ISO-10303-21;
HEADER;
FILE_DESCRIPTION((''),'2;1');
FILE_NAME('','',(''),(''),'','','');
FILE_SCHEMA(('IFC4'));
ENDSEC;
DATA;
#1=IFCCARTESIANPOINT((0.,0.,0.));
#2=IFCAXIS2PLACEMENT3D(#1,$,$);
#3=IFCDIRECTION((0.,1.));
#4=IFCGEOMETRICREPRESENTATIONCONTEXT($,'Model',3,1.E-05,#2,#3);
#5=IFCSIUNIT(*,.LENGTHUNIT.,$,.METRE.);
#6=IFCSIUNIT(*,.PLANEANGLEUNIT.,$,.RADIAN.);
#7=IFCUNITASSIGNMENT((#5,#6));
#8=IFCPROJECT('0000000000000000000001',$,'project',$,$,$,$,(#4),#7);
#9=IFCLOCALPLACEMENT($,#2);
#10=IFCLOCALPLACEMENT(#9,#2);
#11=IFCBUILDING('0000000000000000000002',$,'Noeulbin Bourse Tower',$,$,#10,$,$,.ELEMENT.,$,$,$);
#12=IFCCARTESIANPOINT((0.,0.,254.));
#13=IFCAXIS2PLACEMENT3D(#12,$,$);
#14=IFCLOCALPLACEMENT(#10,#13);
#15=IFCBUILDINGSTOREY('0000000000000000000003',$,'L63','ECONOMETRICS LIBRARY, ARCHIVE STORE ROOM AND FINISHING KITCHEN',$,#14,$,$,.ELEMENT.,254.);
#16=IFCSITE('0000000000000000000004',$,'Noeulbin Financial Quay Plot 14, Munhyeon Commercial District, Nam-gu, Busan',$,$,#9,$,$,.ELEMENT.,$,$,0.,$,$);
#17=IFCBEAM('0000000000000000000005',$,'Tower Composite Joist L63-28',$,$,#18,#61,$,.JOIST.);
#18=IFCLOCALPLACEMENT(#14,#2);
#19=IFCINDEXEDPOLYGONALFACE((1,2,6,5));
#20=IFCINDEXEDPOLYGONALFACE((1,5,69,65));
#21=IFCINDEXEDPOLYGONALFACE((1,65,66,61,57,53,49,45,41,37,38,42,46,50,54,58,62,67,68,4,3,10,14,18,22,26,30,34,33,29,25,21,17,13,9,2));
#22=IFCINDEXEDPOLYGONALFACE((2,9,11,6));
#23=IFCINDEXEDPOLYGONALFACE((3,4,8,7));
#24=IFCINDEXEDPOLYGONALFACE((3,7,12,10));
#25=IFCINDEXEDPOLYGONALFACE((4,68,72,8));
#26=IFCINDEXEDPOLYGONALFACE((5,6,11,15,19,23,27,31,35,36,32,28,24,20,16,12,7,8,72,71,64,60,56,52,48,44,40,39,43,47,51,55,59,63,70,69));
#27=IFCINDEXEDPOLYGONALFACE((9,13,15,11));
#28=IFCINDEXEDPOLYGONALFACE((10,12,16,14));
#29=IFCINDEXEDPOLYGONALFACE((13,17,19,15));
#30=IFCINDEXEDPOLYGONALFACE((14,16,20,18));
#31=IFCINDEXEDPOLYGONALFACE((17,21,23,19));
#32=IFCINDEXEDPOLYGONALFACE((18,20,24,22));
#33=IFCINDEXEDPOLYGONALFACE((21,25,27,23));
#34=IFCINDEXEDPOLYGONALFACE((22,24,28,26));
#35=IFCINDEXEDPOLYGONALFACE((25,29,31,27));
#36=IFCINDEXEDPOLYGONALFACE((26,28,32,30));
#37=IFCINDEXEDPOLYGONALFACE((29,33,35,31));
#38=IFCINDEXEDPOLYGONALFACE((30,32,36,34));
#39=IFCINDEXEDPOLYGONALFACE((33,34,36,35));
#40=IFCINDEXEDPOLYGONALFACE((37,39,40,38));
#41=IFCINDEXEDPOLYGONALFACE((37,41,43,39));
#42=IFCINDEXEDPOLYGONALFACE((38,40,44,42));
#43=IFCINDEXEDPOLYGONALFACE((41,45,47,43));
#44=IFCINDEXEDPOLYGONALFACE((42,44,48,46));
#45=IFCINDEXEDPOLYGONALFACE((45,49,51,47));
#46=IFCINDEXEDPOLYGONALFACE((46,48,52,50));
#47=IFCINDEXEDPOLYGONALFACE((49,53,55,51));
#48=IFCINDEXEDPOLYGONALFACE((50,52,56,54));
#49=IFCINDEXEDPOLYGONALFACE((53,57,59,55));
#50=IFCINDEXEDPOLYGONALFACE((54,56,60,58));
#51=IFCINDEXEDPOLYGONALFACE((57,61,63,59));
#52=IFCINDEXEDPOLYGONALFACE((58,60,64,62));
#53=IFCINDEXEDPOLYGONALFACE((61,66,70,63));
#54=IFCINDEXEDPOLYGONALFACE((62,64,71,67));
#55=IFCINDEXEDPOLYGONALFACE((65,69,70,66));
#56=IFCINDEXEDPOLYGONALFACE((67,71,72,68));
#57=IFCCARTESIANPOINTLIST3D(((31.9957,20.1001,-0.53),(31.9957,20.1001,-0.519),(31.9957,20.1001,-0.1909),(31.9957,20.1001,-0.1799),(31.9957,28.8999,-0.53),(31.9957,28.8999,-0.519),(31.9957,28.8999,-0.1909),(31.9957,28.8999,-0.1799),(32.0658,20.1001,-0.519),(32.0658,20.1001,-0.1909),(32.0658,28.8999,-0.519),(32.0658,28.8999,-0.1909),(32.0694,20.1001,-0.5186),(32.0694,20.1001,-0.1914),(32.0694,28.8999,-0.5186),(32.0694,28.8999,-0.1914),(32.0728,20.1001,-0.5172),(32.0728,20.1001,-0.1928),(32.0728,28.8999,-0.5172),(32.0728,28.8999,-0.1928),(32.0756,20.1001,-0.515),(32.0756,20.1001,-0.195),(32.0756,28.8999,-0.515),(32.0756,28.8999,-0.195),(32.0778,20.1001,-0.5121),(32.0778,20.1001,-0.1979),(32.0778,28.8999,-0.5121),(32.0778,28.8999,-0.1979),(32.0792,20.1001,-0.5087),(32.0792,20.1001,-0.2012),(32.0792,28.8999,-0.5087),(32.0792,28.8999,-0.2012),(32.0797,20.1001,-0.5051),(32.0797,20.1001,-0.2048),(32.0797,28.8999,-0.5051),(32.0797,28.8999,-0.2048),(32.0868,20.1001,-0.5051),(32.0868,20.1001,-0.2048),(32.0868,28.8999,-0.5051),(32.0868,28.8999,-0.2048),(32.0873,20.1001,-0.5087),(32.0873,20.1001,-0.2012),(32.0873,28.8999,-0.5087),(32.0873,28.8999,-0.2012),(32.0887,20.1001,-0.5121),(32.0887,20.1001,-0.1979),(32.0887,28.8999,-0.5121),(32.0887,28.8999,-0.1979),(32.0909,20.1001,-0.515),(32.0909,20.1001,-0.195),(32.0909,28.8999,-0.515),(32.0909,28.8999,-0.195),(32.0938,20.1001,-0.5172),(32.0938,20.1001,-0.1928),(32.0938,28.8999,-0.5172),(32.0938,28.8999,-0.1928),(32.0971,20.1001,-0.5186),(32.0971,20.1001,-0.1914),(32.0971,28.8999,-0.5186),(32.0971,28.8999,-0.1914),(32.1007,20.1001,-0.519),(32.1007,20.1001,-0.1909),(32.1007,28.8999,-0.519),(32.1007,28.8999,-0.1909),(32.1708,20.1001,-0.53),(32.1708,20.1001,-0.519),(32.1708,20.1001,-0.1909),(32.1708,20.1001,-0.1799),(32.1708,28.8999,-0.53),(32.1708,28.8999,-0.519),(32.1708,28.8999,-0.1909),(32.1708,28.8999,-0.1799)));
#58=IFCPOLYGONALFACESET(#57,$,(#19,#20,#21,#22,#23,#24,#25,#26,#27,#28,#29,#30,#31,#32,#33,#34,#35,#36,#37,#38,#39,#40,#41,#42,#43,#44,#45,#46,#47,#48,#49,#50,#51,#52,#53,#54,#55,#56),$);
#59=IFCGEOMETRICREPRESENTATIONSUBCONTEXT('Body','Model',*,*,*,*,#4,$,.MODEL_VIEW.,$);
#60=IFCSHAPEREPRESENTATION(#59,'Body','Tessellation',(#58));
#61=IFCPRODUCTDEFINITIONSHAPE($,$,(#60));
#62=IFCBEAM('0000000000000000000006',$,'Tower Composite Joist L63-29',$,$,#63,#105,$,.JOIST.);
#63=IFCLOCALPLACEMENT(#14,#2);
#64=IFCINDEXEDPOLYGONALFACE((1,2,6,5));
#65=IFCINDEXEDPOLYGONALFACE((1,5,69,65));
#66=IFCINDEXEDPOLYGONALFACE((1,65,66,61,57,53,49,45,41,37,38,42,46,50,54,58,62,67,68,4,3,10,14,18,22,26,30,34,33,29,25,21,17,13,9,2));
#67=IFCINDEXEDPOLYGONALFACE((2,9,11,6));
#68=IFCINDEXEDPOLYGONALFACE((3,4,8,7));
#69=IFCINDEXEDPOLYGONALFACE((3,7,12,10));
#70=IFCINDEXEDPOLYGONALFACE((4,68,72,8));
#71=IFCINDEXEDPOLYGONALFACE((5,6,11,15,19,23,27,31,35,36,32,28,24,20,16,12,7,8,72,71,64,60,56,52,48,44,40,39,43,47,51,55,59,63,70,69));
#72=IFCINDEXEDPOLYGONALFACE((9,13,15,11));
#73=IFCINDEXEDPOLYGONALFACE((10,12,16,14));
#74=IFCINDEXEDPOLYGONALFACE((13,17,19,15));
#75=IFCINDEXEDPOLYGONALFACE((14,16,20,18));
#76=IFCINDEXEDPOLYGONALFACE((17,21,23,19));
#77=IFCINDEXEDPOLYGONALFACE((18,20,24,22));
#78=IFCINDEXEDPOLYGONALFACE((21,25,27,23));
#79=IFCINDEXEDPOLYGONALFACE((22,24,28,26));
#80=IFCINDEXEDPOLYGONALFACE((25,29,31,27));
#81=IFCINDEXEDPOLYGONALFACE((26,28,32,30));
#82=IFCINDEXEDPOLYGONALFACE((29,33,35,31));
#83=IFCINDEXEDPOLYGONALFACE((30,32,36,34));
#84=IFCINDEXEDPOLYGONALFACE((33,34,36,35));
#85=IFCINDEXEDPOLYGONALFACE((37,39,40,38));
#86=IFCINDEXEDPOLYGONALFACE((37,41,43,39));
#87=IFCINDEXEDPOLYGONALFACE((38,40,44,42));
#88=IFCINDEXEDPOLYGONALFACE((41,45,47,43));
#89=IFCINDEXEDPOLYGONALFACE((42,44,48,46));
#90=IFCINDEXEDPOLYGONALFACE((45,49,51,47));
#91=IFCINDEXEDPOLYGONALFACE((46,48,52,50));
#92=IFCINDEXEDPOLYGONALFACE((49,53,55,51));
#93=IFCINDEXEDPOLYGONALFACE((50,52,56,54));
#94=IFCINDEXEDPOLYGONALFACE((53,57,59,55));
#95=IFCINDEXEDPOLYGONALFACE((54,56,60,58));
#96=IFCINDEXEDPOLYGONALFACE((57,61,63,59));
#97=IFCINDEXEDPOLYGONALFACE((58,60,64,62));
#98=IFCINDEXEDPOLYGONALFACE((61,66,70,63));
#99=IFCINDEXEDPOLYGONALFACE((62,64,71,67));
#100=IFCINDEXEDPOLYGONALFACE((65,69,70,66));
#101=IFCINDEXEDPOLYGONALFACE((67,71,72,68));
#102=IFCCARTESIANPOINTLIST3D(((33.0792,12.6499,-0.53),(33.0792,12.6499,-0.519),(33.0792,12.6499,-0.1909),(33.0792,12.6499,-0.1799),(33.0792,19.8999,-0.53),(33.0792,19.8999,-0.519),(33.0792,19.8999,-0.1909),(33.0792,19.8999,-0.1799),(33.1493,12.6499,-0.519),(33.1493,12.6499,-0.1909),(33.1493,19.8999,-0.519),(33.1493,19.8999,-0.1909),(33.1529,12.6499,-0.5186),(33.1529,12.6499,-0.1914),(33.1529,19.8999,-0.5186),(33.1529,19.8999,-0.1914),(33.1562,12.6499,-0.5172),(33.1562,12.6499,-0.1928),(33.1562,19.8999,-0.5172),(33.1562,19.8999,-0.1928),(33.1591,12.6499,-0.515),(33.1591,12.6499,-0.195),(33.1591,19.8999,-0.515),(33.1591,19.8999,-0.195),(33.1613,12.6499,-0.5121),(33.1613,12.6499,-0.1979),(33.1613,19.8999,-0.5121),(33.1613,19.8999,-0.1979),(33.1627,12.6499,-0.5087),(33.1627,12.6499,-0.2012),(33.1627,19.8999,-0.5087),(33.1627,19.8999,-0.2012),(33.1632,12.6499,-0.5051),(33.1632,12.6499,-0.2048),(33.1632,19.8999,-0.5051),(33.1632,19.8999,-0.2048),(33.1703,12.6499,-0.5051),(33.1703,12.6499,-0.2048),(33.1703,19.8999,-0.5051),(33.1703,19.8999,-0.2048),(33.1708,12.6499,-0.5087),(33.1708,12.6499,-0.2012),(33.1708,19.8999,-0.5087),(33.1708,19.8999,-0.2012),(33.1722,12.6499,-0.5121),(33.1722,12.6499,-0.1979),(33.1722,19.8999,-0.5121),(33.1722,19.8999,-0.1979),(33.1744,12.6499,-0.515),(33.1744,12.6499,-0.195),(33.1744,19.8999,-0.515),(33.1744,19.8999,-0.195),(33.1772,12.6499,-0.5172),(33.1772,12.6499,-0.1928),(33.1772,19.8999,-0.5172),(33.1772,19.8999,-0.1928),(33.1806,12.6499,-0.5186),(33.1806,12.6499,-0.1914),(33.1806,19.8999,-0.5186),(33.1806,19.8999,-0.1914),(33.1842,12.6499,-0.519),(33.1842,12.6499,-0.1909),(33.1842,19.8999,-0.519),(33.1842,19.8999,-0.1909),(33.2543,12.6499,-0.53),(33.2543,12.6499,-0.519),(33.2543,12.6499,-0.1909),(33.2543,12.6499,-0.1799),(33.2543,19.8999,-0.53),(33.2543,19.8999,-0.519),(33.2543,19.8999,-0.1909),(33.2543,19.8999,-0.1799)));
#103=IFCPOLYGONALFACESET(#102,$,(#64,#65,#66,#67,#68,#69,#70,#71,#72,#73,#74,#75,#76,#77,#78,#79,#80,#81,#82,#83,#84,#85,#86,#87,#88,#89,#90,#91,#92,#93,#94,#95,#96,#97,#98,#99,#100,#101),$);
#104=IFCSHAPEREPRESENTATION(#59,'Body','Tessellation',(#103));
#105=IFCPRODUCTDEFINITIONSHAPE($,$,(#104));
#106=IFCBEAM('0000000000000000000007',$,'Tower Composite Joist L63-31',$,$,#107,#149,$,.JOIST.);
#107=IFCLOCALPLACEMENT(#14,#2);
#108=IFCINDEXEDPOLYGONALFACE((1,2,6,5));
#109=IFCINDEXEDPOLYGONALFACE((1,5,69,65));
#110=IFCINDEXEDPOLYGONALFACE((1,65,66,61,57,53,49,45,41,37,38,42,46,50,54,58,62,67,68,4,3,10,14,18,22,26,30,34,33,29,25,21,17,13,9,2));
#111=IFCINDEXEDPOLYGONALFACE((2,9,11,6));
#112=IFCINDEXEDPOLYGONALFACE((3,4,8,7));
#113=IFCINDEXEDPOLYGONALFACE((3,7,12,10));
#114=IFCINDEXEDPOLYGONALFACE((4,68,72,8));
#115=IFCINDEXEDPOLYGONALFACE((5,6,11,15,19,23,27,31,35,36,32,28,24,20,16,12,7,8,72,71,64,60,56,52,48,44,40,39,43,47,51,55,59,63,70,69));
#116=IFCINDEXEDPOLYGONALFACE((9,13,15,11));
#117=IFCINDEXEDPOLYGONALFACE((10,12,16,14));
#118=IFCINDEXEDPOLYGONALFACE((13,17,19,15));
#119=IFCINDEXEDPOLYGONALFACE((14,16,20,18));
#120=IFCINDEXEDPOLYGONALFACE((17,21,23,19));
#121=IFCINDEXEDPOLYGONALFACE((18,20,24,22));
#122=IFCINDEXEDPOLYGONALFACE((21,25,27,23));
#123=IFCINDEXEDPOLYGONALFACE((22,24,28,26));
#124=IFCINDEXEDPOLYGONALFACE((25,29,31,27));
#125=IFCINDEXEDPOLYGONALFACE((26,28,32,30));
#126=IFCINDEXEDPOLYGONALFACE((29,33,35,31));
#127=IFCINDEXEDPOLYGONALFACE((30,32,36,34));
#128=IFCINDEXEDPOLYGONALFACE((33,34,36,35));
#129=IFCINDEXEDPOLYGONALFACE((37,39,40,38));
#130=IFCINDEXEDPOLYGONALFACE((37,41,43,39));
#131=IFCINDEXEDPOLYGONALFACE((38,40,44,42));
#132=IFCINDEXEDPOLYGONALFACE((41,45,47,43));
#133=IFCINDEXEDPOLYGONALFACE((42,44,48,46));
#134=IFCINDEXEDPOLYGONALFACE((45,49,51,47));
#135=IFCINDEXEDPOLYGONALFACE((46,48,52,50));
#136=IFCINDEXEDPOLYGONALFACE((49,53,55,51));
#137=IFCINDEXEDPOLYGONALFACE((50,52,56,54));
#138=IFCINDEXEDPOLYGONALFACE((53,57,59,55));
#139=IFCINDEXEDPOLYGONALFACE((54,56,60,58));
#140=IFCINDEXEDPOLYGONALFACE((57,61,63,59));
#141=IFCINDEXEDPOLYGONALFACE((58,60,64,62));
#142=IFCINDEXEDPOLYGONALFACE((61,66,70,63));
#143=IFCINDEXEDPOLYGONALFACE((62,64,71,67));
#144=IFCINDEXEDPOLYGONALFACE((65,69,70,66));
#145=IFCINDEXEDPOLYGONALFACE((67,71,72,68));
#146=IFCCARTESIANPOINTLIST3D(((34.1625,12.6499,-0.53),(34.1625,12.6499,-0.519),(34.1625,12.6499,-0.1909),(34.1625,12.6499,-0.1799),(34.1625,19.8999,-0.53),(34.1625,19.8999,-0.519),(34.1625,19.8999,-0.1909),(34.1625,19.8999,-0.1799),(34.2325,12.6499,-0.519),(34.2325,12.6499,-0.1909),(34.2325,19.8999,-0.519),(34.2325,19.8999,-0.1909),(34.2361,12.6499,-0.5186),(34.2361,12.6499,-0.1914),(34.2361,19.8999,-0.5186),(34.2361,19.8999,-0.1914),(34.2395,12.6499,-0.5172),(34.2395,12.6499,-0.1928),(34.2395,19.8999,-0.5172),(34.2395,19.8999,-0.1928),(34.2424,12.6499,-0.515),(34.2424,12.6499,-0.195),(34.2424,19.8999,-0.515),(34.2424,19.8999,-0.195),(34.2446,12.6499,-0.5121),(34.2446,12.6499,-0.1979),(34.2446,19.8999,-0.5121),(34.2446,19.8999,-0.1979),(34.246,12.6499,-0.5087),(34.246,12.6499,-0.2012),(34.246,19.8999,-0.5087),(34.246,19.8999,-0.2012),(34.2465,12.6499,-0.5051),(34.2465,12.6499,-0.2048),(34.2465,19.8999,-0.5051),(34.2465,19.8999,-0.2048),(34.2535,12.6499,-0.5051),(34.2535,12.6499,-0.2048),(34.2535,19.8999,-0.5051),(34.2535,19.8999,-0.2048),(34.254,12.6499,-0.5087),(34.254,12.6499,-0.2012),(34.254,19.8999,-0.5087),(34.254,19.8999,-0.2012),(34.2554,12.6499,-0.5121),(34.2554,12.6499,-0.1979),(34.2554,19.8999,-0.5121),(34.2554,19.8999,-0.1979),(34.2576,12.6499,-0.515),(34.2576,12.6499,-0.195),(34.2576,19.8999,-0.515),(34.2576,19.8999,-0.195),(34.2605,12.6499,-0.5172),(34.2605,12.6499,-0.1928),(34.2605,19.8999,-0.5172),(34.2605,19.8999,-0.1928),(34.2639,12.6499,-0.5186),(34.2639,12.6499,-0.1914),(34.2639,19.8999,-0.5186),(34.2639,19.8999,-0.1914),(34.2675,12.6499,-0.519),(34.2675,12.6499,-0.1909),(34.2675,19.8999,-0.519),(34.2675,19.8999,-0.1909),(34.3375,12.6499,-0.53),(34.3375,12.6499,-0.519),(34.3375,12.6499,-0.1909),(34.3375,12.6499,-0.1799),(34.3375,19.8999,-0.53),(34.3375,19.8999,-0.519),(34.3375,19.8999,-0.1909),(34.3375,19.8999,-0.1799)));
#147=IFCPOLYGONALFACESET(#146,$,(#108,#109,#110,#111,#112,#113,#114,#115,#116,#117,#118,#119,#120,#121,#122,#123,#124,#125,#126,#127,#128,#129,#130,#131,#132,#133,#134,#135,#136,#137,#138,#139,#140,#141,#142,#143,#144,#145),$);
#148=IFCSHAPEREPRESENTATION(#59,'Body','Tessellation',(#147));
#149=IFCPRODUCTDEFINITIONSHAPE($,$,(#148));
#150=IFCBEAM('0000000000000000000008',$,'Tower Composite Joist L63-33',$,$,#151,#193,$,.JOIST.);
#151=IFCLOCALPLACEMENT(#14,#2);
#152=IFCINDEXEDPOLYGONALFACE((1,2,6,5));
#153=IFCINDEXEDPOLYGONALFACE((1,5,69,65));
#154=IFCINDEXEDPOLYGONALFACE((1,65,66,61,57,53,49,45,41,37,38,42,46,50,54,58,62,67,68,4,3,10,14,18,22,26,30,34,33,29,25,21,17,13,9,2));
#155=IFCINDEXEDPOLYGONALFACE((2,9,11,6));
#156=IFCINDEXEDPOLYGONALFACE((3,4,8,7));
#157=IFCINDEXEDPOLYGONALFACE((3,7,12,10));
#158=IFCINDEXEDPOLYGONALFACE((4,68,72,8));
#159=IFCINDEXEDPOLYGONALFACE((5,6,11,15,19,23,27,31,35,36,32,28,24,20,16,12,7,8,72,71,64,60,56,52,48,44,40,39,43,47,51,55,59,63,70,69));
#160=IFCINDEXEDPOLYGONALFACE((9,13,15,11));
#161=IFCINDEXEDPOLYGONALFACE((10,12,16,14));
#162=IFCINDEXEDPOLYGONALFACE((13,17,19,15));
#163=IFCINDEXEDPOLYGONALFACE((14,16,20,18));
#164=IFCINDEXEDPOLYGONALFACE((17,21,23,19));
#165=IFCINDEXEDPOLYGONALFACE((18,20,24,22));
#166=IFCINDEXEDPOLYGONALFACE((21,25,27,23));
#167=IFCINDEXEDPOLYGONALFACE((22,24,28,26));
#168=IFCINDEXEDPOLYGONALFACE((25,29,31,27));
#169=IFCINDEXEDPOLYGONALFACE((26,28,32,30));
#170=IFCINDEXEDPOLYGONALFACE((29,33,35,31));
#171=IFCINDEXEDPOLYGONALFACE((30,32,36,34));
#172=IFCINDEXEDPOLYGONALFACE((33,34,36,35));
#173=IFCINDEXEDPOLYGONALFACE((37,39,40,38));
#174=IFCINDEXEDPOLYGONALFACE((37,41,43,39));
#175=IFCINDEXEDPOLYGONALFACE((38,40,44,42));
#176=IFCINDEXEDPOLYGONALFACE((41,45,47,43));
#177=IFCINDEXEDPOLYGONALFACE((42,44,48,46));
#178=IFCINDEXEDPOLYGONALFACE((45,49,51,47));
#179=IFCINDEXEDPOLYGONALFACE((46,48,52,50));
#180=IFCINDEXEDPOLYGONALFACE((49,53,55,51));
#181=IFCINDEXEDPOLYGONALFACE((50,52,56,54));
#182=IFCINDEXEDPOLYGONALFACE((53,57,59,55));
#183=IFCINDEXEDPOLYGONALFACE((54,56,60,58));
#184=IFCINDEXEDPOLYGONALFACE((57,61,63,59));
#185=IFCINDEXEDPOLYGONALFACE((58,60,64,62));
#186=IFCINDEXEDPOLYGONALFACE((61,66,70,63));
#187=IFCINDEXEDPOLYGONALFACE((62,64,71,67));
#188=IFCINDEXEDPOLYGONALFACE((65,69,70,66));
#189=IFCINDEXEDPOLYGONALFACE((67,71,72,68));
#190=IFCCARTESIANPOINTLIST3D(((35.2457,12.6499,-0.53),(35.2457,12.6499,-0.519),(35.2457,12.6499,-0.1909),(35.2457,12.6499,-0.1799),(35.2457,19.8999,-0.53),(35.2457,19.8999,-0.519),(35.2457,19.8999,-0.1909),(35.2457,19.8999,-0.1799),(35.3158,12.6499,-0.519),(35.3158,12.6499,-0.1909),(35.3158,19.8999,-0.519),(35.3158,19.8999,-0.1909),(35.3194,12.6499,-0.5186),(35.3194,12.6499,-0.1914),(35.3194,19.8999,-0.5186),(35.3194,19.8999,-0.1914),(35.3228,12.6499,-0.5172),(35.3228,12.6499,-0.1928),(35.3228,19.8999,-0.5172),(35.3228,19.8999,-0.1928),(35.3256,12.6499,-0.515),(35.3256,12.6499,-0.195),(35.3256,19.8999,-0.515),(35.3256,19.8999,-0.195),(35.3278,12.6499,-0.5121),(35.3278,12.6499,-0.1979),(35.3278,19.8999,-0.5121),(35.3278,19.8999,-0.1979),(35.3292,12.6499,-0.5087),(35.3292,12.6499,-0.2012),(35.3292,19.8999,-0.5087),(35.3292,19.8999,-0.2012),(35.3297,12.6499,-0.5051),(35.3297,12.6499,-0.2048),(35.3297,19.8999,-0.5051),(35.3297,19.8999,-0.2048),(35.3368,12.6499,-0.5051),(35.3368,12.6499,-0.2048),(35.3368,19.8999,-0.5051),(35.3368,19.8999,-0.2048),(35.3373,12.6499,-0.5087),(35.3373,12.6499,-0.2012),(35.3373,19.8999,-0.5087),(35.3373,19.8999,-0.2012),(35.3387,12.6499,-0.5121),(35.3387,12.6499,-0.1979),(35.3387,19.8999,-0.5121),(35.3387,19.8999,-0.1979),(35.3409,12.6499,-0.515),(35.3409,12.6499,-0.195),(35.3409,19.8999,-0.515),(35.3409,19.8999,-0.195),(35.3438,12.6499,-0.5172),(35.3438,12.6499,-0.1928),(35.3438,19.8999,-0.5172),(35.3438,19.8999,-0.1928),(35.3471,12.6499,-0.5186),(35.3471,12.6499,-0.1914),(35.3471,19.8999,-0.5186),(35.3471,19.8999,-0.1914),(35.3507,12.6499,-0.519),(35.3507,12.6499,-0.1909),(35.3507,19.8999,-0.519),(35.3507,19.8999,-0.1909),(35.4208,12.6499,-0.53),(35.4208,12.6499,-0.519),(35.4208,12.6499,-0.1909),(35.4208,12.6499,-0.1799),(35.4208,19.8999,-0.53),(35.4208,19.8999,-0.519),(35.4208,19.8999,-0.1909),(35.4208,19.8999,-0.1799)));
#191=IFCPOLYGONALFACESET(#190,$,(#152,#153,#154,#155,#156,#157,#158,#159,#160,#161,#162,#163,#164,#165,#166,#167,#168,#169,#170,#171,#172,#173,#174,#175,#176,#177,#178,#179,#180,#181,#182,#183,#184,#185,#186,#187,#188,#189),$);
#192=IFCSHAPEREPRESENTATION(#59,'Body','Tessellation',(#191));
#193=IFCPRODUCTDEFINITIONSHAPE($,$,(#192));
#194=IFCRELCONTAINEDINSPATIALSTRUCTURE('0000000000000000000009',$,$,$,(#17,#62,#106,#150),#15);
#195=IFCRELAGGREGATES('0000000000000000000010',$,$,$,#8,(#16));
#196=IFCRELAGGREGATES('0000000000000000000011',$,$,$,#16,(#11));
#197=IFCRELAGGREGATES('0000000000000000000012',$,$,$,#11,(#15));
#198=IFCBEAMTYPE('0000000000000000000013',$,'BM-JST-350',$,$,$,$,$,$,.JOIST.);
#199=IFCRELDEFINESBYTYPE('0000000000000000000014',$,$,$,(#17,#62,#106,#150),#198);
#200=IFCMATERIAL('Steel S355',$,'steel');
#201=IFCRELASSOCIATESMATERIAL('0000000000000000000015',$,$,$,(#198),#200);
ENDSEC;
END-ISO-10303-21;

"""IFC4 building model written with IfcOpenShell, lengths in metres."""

from ifc_helpers import new_model, si_unit, direction, frame, origin, origin_2d, place, context, subcontext, project, spatial, i_section, extrude, material, material_profile, profile_set, type_object, element, save


model = new_model("IFC4")

# Units and contexts
model_context = context("Model", 3, precision=1e-05, world=origin(), true_north=direction((0.0, 1.0)))
body_context = subcontext(model_context, "Body", "Model", "MODEL_VIEW")
ifc_project = project(units=[si_unit("LENGTHUNIT", "METRE"), si_unit("PLANEANGLEUNIT", "RADIAN")], contexts=[model_context])

# Site, building, storey
site_placement = place(None, origin())
site = spatial("IfcSite", under=ifc_project, at=site_placement, Name="Noeulbin Financial Quay Plot 14, Munhyeon Commercial District, Nam-gu, Busan", CompositionType="ELEMENT", RefElevation=0.0)
building_placement = place(site_placement, origin())
building = spatial("IfcBuilding", under=site, at=building_placement, Name="Noeulbin Bourse Tower", CompositionType="ELEMENT")
storey_placement = place(building_placement, frame((0.0, 0.0, 254.0)))
storey = spatial("IfcBuildingStorey", under=building, at=storey_placement, Name="L63", Description="ECONOMETRICS LIBRARY, ARCHIVE STORE ROOM AND FINISHING KITCHEN", CompositionType="ELEMENT", Elevation=254.0)

# Shared definitions
ifc_material_1 = material(Name="Steel S355", Category="steel")

# Beams
ifc_material_profile_1 = material_profile(ifc_material_1, i_section(OverallWidth=0.175, OverallDepth=0.3501, WebThickness=0.0071, FlangeThickness=0.011, FilletRadius=0.0139, at=origin_2d()), Name="H-350x175x7x11", Category="LoadBearing")
ifc_profile_set_1 = profile_set([ifc_material_profile_1], Name="Steel S355")
beam_type_1 = type_object("IfcBeamType", Name="BM-JST-350", PredefinedType="JOIST", material=ifc_profile_set_1)
beam_1_placement = place(storey_placement, frame((32.0833, 20.1001, -0.355), z_axis=(0.0, 1.0, 0.0), x_axis=(-1.0, 0.0, 0.0)))
element("IfcBeam", 1, at=beam_1_placement, inside=storey, type_object=beam_type_1, Name="Tower Composite Joist L63-28", PredefinedType="JOIST", context=body_context, shape_type="SweptSolid", body=[
    extrude(i_section(OverallWidth=0.175, OverallDepth=0.3501, WebThickness=0.0071, FlangeThickness=0.011, FilletRadius=0.0139, at=origin_2d()), origin(), (0.0, 0.0, 1.0), 8.7998),
])
for number, where, z_axis, x_axis, name in (
    (2, (33.1667, 12.6499, -0.355), (0.0, 1.0, 0.0), (-1.0, 0.0, 0.0), "Tower Composite Joist L63-29"),
    (3, (34.25, 12.6499, -0.355), (0.0, 1.0, 0.0), (-1.0, 0.0, 0.0), "Tower Composite Joist L63-31"),
    (4, (35.3333, 12.6499, -0.355), (0.0, 1.0, 0.0), (-1.0, 0.0, 0.0), "Tower Composite Joist L63-33"),
):
    element("IfcBeam", number, at=place(storey_placement, frame(where, z_axis=z_axis, x_axis=x_axis)), inside=storey, type_object=beam_type_1, Name=name, PredefinedType="JOIST", context=body_context, shape_type="SweptSolid", body=[
        extrude(i_section(OverallWidth=0.175, OverallDepth=0.3501, WebThickness=0.0071, FlangeThickness=0.011, FilletRadius=0.0139, at=origin_2d()), origin(), (0.0, 0.0, 1.0), 7.25),
    ])

save(model, "model.ifc")
